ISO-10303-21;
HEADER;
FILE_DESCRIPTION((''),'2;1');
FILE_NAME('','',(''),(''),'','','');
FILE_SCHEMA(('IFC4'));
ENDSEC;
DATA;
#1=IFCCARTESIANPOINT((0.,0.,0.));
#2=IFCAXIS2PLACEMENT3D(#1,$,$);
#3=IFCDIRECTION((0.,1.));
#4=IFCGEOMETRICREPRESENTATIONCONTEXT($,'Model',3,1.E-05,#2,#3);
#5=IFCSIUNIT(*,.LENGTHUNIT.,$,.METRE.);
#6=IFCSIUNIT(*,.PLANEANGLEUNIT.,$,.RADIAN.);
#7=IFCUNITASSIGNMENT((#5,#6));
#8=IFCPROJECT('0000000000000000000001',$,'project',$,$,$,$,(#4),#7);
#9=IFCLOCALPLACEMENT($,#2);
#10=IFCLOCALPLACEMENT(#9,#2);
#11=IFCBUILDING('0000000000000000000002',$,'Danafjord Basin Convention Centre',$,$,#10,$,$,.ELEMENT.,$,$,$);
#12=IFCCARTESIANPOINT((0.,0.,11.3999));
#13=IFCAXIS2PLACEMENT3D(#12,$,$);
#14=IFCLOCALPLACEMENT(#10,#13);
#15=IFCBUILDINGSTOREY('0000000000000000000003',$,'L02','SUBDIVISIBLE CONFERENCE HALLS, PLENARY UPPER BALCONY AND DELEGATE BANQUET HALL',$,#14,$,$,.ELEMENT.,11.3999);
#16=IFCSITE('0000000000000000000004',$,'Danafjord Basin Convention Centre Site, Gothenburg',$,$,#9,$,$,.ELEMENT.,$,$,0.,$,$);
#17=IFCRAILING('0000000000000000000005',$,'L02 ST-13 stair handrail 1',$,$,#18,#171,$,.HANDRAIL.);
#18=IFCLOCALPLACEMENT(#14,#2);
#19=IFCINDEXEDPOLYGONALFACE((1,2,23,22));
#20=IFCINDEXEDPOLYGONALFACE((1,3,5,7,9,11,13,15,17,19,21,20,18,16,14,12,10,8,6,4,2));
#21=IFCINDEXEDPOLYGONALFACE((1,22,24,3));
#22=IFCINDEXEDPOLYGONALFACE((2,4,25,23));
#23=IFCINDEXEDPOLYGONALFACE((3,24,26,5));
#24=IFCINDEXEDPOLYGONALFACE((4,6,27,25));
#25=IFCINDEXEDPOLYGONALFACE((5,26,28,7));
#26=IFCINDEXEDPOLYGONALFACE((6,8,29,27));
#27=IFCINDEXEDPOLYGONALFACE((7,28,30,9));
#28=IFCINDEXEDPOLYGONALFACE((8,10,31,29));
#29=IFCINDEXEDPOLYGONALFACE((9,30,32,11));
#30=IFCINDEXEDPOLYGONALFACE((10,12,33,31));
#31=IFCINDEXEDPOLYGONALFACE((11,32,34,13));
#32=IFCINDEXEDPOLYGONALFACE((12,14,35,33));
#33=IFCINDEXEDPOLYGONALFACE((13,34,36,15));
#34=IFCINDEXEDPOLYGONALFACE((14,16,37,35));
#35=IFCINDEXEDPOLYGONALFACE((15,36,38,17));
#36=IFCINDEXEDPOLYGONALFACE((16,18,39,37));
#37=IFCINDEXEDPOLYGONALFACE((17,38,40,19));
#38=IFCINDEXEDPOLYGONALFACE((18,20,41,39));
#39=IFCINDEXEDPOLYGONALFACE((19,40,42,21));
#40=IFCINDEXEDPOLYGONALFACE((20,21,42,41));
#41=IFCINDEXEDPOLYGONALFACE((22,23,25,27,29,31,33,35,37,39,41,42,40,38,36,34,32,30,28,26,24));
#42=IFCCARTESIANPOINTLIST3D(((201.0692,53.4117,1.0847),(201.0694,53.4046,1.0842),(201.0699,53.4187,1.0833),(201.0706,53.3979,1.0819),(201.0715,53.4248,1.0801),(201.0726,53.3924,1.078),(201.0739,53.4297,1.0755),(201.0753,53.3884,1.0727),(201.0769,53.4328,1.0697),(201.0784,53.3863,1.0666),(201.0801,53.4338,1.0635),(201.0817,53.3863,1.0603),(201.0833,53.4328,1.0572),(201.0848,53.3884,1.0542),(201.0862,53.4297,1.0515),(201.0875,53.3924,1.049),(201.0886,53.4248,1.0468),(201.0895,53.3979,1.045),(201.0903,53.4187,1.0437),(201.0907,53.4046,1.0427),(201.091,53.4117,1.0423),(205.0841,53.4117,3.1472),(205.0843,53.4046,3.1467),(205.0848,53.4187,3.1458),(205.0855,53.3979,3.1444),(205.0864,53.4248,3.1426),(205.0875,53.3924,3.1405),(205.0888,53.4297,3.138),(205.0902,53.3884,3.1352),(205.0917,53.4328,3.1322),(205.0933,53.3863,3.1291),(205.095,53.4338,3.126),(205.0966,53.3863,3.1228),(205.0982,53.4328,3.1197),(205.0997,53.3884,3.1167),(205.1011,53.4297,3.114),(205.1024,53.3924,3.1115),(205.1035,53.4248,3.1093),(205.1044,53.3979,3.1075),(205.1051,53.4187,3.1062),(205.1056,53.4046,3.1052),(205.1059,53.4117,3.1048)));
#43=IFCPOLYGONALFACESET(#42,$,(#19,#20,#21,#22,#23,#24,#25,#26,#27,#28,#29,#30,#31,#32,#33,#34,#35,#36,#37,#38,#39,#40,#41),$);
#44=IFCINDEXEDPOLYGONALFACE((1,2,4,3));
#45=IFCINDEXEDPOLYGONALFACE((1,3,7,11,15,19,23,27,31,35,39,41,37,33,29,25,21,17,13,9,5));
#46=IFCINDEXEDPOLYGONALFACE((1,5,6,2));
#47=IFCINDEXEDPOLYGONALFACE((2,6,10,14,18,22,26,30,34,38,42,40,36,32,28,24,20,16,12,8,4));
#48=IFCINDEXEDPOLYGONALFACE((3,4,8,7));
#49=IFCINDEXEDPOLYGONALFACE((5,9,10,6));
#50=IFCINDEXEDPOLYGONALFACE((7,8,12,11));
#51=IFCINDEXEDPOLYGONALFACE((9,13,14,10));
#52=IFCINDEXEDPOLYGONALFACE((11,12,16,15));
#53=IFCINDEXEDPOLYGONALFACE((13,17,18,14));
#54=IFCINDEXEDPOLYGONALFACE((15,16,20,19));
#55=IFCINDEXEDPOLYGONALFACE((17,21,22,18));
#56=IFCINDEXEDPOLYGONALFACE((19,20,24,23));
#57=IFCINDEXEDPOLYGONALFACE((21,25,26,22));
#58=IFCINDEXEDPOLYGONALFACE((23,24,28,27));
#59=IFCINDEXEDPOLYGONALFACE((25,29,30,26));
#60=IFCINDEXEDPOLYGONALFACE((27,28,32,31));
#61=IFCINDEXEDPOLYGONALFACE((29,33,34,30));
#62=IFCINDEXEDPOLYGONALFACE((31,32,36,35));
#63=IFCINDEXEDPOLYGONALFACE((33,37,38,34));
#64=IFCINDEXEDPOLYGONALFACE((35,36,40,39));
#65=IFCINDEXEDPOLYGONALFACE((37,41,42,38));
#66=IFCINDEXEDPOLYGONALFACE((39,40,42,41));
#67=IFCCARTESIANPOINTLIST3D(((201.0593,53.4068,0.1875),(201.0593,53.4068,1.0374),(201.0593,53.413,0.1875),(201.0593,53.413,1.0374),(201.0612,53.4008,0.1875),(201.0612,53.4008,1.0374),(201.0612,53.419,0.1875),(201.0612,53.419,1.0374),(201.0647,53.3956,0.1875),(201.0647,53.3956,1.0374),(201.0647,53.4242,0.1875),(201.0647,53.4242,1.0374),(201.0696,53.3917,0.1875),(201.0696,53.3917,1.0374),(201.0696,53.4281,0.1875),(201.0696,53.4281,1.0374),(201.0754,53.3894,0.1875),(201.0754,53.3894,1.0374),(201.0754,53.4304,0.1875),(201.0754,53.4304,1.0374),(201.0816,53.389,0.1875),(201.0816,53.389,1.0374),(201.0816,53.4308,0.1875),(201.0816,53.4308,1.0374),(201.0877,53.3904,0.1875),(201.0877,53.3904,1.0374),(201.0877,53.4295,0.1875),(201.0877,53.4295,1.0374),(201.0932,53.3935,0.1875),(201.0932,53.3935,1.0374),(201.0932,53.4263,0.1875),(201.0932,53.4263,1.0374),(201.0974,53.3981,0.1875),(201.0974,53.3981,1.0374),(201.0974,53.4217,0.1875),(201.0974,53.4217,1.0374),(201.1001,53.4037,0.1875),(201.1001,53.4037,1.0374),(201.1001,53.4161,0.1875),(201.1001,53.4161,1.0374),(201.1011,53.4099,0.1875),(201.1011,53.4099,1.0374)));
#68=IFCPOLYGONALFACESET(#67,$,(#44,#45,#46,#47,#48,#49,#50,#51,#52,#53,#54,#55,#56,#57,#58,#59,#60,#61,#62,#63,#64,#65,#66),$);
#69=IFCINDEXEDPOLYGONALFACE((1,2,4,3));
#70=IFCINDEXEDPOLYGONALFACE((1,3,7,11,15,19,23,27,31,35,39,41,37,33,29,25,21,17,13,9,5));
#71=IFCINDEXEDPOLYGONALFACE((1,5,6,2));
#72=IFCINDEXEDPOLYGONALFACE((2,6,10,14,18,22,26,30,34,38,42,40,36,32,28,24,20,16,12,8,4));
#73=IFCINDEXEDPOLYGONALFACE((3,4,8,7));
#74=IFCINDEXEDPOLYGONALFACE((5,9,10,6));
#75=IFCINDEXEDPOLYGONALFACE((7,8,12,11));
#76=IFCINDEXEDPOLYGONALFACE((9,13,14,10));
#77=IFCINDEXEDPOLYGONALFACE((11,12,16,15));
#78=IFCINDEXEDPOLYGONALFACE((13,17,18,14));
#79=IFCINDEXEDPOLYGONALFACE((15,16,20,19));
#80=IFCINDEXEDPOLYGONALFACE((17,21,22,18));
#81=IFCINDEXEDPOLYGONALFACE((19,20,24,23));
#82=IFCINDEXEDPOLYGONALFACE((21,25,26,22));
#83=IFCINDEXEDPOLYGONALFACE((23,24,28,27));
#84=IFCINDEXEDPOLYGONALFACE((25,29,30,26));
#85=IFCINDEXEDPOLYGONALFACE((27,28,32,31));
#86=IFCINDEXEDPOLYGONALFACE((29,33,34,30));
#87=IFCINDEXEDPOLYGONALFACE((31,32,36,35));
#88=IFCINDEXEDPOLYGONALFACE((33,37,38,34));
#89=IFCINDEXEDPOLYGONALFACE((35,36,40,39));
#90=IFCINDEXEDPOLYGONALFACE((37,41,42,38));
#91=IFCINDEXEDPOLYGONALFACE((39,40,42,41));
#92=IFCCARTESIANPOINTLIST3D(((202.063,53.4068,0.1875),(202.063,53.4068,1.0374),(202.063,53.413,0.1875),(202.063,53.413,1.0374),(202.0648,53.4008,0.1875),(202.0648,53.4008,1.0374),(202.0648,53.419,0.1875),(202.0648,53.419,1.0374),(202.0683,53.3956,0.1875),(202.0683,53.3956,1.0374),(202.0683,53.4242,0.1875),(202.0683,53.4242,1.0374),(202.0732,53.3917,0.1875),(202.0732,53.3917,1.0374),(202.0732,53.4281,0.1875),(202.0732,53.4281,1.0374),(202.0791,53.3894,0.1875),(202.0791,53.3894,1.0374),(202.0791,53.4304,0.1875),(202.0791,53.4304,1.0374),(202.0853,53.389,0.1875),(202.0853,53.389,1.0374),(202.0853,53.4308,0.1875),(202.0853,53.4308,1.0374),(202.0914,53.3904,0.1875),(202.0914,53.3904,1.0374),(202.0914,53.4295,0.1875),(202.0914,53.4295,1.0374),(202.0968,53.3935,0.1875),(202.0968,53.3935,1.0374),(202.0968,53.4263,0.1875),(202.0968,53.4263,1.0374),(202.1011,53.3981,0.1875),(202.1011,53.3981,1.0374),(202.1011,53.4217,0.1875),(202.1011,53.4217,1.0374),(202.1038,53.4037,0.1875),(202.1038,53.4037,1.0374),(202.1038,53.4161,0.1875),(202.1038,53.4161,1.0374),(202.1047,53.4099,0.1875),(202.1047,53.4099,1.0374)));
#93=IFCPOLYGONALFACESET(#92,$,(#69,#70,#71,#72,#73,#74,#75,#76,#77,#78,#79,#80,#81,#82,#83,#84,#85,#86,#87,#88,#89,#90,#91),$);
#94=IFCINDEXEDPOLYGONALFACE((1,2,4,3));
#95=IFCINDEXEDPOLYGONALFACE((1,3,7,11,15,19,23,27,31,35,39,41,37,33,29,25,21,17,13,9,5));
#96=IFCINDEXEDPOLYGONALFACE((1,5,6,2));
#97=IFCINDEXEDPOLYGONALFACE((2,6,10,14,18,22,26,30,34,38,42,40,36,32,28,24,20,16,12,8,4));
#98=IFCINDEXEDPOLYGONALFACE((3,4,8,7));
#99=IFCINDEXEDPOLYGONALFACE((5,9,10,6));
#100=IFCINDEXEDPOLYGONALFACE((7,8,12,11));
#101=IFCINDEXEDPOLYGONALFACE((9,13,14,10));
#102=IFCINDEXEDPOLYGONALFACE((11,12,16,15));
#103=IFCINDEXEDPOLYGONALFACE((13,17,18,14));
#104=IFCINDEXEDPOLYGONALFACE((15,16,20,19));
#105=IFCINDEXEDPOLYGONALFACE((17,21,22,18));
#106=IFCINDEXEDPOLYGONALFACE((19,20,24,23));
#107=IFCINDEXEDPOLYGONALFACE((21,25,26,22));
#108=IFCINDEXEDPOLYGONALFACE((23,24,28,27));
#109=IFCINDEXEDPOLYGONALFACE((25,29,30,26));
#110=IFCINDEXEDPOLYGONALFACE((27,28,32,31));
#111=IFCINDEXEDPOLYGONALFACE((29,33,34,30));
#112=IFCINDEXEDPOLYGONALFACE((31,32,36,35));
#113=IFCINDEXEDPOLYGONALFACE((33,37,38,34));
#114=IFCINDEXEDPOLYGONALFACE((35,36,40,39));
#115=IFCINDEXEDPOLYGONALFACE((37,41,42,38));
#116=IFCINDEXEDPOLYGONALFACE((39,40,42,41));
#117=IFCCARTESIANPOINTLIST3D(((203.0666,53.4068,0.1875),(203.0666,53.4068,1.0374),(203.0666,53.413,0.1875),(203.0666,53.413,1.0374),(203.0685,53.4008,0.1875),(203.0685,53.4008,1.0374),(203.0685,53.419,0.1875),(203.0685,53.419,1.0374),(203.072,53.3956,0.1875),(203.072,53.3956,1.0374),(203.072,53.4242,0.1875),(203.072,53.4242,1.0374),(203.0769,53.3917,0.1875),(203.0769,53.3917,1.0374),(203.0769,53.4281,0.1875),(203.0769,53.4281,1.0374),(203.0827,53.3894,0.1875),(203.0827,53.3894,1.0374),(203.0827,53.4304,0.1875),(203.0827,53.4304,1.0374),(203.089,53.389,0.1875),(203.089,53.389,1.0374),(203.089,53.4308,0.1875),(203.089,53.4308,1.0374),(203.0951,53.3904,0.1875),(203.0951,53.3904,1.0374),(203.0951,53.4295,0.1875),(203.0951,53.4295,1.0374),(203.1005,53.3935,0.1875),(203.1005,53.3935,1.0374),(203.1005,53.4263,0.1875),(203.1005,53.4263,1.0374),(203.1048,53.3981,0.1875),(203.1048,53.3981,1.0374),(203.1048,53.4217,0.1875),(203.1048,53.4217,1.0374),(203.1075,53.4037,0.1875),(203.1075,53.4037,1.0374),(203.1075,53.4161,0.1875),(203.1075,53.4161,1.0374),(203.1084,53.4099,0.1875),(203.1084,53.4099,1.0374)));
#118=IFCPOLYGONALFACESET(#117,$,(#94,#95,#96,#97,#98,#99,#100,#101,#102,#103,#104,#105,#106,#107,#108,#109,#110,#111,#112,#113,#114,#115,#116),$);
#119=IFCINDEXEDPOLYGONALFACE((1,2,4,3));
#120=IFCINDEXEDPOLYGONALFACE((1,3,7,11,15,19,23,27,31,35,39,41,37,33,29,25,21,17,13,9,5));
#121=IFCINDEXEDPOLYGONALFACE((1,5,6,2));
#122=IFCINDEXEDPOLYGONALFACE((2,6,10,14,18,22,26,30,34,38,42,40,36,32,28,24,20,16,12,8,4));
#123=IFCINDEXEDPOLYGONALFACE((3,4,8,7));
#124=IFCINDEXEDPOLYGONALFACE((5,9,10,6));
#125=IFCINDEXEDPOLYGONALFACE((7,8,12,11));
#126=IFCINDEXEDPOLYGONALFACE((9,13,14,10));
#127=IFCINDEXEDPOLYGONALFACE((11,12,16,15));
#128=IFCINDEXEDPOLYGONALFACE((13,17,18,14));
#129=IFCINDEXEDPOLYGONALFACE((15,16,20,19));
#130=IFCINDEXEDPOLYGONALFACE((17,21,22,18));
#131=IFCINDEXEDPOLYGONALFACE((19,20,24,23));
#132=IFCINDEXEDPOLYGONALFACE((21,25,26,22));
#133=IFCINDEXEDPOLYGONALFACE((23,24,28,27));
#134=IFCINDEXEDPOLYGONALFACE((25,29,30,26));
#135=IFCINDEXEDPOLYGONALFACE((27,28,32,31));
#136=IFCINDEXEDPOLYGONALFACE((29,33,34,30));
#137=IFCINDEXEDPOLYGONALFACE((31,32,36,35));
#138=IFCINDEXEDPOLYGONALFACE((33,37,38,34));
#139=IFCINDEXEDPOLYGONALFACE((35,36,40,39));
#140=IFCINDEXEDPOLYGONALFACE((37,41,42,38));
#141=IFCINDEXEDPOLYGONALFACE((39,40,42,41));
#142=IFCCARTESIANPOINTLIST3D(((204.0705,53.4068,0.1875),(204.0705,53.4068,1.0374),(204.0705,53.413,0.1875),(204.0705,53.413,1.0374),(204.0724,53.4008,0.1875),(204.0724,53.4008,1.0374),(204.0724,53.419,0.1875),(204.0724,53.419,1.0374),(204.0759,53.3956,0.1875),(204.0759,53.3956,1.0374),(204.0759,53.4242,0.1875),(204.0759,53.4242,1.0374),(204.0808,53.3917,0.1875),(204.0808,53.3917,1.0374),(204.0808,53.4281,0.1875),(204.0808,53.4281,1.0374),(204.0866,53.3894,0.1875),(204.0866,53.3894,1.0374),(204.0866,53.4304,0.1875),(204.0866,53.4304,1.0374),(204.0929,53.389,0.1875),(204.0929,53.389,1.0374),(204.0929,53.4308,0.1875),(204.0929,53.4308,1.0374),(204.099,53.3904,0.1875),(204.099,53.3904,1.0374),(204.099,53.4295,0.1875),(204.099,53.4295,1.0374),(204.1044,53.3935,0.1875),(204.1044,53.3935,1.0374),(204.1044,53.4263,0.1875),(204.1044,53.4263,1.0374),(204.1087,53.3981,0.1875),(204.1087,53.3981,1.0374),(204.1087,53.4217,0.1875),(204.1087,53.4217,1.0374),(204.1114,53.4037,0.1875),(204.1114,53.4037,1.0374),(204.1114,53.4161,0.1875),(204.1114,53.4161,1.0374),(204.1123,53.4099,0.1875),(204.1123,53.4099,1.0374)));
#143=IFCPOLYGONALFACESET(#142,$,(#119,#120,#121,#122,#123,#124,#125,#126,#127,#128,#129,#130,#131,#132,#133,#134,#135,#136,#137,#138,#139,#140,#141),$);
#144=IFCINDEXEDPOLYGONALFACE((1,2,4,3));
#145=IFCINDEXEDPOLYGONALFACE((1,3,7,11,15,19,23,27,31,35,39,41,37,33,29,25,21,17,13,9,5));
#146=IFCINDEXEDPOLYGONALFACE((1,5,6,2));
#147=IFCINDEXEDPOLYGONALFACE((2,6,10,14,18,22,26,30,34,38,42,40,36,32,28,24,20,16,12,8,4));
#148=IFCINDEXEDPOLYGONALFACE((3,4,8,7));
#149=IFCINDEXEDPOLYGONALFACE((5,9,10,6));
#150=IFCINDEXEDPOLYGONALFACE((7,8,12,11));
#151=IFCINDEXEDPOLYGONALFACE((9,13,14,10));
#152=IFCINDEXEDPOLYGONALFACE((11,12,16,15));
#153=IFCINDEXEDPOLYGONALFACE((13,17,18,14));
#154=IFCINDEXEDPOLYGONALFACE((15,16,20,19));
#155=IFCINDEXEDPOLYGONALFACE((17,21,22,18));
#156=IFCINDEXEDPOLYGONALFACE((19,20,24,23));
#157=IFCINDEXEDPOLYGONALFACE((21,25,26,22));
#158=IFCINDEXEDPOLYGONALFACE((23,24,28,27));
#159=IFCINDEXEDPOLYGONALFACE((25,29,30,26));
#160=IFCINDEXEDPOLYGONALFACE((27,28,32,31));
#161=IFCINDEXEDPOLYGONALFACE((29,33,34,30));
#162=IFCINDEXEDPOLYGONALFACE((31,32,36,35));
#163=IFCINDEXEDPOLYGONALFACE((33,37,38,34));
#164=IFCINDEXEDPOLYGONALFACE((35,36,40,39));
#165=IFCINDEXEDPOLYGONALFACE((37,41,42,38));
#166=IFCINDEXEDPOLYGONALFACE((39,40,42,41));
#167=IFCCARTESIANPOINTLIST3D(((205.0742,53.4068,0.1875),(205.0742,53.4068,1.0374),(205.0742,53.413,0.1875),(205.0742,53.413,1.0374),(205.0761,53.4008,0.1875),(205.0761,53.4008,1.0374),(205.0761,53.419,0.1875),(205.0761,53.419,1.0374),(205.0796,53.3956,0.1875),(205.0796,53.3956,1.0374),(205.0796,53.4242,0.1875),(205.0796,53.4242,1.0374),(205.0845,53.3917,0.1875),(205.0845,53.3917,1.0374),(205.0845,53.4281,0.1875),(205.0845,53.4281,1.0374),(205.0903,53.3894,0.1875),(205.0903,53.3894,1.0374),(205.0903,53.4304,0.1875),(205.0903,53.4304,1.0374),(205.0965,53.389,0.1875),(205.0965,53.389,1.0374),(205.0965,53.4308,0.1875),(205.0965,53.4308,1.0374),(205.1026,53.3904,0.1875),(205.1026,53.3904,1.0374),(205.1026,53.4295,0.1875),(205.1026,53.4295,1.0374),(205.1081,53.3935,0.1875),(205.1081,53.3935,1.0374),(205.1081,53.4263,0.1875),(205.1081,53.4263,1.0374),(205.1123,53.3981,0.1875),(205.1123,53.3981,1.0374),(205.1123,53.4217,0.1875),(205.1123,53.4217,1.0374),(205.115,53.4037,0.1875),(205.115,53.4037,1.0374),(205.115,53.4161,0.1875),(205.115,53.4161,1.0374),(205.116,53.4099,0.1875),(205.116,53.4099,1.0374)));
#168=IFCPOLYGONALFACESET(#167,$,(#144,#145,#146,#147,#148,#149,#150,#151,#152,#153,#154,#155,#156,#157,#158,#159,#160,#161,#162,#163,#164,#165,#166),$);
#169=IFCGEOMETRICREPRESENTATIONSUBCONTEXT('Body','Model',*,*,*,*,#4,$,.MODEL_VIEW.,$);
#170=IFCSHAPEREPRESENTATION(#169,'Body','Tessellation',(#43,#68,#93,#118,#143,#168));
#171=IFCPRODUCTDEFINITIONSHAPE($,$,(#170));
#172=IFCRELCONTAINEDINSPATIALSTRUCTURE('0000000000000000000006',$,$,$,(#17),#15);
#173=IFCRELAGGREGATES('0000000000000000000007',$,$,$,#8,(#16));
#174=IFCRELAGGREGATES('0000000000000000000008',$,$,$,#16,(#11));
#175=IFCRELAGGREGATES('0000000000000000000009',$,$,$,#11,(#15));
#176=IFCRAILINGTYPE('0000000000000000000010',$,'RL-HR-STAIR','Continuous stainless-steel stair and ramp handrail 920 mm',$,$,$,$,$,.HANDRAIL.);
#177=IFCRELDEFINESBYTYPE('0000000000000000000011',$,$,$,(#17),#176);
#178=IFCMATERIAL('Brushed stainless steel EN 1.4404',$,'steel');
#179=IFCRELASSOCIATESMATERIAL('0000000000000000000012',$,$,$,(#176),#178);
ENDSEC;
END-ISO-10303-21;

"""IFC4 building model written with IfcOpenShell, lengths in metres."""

from ifc_helpers import new_model, si_unit, direction, frame, origin, origin_2d, place, context, subcontext, project, spatial, circle, extrude, material, type_object, element, save


model = new_model("IFC4")

# Units and contexts
model_context = context("Model", 3, precision=1e-05, world=origin(), true_north=direction((0.0, 1.0)))
body_context = subcontext(model_context, "Body", "Model", "MODEL_VIEW")
ifc_project = project(units=[si_unit("LENGTHUNIT", "METRE"), si_unit("PLANEANGLEUNIT", "RADIAN")], contexts=[model_context])

# Site, building, storey
site_placement = place(None, origin())
site = spatial("IfcSite", under=ifc_project, at=site_placement, Name="Danafjord Basin Convention Centre Site, Gothenburg", CompositionType="ELEMENT", RefElevation=0.0)
building_placement = place(site_placement, origin())
building = spatial("IfcBuilding", under=site, at=building_placement, Name="Danafjord Basin Convention Centre", CompositionType="ELEMENT")
storey_placement = place(building_placement, frame((0.0, 0.0, 11.3999)))
storey = spatial("IfcBuildingStorey", under=building, at=storey_placement, Name="L02", Description="SUBDIVISIBLE CONFERENCE HALLS, PLENARY UPPER BALCONY AND DELEGATE BANQUET HALL", CompositionType="ELEMENT", Elevation=11.3999)

# Railing
ifc_material_1 = material(Name="Brushed stainless steel EN 1.4404", Category="steel")
railing_type_1 = type_object("IfcRailingType", Name="RL-HR-STAIR", Description="Continuous stainless-steel stair and ramp handrail 920 mm", PredefinedType="HANDRAIL", material=ifc_material_1)
railing_1_placement = place(storey_placement, frame((201.0801, 53.4099, 0.1875)))
element("IfcRailing", 1, at=railing_1_placement, inside=storey, type_object=railing_type_1, Name="L02 ST-13 stair handrail 1", PredefinedType="HANDRAIL", context=body_context, shape_type="SweptSolid", body=[
    extrude(circle(Radius=0.0239, at=origin_2d()), frame((0.0, 0.0, 0.876), z_axis=(0.889495, 0.0, 0.456945), x_axis=(0.0, 1.0, 0.0)), (0.0, 0.0, 1.0), 4.5137),
    extrude(circle(Radius=0.021, at=origin_2d()), origin(), (0.0, 0.0, 1.0), 0.8499),
    extrude(circle(Radius=0.021, at=origin_2d()), frame((1.0037, 0.0, 0.0)), (0.0, 0.0, 1.0), 0.8499),
    extrude(circle(Radius=0.021, at=origin_2d()), frame((2.0073, 0.0, 0.0)), (0.0, 0.0, 1.0), 0.8499),
    extrude(circle(Radius=0.021, at=origin_2d()), frame((3.0112, 0.0, 0.0)), (0.0, 0.0, 1.0), 0.8499),
    extrude(circle(Radius=0.021, at=origin_2d()), frame((4.0149, 0.0, 0.0)), (0.0, 0.0, 1.0), 0.8499),
])

save(model, "model.ifc")
